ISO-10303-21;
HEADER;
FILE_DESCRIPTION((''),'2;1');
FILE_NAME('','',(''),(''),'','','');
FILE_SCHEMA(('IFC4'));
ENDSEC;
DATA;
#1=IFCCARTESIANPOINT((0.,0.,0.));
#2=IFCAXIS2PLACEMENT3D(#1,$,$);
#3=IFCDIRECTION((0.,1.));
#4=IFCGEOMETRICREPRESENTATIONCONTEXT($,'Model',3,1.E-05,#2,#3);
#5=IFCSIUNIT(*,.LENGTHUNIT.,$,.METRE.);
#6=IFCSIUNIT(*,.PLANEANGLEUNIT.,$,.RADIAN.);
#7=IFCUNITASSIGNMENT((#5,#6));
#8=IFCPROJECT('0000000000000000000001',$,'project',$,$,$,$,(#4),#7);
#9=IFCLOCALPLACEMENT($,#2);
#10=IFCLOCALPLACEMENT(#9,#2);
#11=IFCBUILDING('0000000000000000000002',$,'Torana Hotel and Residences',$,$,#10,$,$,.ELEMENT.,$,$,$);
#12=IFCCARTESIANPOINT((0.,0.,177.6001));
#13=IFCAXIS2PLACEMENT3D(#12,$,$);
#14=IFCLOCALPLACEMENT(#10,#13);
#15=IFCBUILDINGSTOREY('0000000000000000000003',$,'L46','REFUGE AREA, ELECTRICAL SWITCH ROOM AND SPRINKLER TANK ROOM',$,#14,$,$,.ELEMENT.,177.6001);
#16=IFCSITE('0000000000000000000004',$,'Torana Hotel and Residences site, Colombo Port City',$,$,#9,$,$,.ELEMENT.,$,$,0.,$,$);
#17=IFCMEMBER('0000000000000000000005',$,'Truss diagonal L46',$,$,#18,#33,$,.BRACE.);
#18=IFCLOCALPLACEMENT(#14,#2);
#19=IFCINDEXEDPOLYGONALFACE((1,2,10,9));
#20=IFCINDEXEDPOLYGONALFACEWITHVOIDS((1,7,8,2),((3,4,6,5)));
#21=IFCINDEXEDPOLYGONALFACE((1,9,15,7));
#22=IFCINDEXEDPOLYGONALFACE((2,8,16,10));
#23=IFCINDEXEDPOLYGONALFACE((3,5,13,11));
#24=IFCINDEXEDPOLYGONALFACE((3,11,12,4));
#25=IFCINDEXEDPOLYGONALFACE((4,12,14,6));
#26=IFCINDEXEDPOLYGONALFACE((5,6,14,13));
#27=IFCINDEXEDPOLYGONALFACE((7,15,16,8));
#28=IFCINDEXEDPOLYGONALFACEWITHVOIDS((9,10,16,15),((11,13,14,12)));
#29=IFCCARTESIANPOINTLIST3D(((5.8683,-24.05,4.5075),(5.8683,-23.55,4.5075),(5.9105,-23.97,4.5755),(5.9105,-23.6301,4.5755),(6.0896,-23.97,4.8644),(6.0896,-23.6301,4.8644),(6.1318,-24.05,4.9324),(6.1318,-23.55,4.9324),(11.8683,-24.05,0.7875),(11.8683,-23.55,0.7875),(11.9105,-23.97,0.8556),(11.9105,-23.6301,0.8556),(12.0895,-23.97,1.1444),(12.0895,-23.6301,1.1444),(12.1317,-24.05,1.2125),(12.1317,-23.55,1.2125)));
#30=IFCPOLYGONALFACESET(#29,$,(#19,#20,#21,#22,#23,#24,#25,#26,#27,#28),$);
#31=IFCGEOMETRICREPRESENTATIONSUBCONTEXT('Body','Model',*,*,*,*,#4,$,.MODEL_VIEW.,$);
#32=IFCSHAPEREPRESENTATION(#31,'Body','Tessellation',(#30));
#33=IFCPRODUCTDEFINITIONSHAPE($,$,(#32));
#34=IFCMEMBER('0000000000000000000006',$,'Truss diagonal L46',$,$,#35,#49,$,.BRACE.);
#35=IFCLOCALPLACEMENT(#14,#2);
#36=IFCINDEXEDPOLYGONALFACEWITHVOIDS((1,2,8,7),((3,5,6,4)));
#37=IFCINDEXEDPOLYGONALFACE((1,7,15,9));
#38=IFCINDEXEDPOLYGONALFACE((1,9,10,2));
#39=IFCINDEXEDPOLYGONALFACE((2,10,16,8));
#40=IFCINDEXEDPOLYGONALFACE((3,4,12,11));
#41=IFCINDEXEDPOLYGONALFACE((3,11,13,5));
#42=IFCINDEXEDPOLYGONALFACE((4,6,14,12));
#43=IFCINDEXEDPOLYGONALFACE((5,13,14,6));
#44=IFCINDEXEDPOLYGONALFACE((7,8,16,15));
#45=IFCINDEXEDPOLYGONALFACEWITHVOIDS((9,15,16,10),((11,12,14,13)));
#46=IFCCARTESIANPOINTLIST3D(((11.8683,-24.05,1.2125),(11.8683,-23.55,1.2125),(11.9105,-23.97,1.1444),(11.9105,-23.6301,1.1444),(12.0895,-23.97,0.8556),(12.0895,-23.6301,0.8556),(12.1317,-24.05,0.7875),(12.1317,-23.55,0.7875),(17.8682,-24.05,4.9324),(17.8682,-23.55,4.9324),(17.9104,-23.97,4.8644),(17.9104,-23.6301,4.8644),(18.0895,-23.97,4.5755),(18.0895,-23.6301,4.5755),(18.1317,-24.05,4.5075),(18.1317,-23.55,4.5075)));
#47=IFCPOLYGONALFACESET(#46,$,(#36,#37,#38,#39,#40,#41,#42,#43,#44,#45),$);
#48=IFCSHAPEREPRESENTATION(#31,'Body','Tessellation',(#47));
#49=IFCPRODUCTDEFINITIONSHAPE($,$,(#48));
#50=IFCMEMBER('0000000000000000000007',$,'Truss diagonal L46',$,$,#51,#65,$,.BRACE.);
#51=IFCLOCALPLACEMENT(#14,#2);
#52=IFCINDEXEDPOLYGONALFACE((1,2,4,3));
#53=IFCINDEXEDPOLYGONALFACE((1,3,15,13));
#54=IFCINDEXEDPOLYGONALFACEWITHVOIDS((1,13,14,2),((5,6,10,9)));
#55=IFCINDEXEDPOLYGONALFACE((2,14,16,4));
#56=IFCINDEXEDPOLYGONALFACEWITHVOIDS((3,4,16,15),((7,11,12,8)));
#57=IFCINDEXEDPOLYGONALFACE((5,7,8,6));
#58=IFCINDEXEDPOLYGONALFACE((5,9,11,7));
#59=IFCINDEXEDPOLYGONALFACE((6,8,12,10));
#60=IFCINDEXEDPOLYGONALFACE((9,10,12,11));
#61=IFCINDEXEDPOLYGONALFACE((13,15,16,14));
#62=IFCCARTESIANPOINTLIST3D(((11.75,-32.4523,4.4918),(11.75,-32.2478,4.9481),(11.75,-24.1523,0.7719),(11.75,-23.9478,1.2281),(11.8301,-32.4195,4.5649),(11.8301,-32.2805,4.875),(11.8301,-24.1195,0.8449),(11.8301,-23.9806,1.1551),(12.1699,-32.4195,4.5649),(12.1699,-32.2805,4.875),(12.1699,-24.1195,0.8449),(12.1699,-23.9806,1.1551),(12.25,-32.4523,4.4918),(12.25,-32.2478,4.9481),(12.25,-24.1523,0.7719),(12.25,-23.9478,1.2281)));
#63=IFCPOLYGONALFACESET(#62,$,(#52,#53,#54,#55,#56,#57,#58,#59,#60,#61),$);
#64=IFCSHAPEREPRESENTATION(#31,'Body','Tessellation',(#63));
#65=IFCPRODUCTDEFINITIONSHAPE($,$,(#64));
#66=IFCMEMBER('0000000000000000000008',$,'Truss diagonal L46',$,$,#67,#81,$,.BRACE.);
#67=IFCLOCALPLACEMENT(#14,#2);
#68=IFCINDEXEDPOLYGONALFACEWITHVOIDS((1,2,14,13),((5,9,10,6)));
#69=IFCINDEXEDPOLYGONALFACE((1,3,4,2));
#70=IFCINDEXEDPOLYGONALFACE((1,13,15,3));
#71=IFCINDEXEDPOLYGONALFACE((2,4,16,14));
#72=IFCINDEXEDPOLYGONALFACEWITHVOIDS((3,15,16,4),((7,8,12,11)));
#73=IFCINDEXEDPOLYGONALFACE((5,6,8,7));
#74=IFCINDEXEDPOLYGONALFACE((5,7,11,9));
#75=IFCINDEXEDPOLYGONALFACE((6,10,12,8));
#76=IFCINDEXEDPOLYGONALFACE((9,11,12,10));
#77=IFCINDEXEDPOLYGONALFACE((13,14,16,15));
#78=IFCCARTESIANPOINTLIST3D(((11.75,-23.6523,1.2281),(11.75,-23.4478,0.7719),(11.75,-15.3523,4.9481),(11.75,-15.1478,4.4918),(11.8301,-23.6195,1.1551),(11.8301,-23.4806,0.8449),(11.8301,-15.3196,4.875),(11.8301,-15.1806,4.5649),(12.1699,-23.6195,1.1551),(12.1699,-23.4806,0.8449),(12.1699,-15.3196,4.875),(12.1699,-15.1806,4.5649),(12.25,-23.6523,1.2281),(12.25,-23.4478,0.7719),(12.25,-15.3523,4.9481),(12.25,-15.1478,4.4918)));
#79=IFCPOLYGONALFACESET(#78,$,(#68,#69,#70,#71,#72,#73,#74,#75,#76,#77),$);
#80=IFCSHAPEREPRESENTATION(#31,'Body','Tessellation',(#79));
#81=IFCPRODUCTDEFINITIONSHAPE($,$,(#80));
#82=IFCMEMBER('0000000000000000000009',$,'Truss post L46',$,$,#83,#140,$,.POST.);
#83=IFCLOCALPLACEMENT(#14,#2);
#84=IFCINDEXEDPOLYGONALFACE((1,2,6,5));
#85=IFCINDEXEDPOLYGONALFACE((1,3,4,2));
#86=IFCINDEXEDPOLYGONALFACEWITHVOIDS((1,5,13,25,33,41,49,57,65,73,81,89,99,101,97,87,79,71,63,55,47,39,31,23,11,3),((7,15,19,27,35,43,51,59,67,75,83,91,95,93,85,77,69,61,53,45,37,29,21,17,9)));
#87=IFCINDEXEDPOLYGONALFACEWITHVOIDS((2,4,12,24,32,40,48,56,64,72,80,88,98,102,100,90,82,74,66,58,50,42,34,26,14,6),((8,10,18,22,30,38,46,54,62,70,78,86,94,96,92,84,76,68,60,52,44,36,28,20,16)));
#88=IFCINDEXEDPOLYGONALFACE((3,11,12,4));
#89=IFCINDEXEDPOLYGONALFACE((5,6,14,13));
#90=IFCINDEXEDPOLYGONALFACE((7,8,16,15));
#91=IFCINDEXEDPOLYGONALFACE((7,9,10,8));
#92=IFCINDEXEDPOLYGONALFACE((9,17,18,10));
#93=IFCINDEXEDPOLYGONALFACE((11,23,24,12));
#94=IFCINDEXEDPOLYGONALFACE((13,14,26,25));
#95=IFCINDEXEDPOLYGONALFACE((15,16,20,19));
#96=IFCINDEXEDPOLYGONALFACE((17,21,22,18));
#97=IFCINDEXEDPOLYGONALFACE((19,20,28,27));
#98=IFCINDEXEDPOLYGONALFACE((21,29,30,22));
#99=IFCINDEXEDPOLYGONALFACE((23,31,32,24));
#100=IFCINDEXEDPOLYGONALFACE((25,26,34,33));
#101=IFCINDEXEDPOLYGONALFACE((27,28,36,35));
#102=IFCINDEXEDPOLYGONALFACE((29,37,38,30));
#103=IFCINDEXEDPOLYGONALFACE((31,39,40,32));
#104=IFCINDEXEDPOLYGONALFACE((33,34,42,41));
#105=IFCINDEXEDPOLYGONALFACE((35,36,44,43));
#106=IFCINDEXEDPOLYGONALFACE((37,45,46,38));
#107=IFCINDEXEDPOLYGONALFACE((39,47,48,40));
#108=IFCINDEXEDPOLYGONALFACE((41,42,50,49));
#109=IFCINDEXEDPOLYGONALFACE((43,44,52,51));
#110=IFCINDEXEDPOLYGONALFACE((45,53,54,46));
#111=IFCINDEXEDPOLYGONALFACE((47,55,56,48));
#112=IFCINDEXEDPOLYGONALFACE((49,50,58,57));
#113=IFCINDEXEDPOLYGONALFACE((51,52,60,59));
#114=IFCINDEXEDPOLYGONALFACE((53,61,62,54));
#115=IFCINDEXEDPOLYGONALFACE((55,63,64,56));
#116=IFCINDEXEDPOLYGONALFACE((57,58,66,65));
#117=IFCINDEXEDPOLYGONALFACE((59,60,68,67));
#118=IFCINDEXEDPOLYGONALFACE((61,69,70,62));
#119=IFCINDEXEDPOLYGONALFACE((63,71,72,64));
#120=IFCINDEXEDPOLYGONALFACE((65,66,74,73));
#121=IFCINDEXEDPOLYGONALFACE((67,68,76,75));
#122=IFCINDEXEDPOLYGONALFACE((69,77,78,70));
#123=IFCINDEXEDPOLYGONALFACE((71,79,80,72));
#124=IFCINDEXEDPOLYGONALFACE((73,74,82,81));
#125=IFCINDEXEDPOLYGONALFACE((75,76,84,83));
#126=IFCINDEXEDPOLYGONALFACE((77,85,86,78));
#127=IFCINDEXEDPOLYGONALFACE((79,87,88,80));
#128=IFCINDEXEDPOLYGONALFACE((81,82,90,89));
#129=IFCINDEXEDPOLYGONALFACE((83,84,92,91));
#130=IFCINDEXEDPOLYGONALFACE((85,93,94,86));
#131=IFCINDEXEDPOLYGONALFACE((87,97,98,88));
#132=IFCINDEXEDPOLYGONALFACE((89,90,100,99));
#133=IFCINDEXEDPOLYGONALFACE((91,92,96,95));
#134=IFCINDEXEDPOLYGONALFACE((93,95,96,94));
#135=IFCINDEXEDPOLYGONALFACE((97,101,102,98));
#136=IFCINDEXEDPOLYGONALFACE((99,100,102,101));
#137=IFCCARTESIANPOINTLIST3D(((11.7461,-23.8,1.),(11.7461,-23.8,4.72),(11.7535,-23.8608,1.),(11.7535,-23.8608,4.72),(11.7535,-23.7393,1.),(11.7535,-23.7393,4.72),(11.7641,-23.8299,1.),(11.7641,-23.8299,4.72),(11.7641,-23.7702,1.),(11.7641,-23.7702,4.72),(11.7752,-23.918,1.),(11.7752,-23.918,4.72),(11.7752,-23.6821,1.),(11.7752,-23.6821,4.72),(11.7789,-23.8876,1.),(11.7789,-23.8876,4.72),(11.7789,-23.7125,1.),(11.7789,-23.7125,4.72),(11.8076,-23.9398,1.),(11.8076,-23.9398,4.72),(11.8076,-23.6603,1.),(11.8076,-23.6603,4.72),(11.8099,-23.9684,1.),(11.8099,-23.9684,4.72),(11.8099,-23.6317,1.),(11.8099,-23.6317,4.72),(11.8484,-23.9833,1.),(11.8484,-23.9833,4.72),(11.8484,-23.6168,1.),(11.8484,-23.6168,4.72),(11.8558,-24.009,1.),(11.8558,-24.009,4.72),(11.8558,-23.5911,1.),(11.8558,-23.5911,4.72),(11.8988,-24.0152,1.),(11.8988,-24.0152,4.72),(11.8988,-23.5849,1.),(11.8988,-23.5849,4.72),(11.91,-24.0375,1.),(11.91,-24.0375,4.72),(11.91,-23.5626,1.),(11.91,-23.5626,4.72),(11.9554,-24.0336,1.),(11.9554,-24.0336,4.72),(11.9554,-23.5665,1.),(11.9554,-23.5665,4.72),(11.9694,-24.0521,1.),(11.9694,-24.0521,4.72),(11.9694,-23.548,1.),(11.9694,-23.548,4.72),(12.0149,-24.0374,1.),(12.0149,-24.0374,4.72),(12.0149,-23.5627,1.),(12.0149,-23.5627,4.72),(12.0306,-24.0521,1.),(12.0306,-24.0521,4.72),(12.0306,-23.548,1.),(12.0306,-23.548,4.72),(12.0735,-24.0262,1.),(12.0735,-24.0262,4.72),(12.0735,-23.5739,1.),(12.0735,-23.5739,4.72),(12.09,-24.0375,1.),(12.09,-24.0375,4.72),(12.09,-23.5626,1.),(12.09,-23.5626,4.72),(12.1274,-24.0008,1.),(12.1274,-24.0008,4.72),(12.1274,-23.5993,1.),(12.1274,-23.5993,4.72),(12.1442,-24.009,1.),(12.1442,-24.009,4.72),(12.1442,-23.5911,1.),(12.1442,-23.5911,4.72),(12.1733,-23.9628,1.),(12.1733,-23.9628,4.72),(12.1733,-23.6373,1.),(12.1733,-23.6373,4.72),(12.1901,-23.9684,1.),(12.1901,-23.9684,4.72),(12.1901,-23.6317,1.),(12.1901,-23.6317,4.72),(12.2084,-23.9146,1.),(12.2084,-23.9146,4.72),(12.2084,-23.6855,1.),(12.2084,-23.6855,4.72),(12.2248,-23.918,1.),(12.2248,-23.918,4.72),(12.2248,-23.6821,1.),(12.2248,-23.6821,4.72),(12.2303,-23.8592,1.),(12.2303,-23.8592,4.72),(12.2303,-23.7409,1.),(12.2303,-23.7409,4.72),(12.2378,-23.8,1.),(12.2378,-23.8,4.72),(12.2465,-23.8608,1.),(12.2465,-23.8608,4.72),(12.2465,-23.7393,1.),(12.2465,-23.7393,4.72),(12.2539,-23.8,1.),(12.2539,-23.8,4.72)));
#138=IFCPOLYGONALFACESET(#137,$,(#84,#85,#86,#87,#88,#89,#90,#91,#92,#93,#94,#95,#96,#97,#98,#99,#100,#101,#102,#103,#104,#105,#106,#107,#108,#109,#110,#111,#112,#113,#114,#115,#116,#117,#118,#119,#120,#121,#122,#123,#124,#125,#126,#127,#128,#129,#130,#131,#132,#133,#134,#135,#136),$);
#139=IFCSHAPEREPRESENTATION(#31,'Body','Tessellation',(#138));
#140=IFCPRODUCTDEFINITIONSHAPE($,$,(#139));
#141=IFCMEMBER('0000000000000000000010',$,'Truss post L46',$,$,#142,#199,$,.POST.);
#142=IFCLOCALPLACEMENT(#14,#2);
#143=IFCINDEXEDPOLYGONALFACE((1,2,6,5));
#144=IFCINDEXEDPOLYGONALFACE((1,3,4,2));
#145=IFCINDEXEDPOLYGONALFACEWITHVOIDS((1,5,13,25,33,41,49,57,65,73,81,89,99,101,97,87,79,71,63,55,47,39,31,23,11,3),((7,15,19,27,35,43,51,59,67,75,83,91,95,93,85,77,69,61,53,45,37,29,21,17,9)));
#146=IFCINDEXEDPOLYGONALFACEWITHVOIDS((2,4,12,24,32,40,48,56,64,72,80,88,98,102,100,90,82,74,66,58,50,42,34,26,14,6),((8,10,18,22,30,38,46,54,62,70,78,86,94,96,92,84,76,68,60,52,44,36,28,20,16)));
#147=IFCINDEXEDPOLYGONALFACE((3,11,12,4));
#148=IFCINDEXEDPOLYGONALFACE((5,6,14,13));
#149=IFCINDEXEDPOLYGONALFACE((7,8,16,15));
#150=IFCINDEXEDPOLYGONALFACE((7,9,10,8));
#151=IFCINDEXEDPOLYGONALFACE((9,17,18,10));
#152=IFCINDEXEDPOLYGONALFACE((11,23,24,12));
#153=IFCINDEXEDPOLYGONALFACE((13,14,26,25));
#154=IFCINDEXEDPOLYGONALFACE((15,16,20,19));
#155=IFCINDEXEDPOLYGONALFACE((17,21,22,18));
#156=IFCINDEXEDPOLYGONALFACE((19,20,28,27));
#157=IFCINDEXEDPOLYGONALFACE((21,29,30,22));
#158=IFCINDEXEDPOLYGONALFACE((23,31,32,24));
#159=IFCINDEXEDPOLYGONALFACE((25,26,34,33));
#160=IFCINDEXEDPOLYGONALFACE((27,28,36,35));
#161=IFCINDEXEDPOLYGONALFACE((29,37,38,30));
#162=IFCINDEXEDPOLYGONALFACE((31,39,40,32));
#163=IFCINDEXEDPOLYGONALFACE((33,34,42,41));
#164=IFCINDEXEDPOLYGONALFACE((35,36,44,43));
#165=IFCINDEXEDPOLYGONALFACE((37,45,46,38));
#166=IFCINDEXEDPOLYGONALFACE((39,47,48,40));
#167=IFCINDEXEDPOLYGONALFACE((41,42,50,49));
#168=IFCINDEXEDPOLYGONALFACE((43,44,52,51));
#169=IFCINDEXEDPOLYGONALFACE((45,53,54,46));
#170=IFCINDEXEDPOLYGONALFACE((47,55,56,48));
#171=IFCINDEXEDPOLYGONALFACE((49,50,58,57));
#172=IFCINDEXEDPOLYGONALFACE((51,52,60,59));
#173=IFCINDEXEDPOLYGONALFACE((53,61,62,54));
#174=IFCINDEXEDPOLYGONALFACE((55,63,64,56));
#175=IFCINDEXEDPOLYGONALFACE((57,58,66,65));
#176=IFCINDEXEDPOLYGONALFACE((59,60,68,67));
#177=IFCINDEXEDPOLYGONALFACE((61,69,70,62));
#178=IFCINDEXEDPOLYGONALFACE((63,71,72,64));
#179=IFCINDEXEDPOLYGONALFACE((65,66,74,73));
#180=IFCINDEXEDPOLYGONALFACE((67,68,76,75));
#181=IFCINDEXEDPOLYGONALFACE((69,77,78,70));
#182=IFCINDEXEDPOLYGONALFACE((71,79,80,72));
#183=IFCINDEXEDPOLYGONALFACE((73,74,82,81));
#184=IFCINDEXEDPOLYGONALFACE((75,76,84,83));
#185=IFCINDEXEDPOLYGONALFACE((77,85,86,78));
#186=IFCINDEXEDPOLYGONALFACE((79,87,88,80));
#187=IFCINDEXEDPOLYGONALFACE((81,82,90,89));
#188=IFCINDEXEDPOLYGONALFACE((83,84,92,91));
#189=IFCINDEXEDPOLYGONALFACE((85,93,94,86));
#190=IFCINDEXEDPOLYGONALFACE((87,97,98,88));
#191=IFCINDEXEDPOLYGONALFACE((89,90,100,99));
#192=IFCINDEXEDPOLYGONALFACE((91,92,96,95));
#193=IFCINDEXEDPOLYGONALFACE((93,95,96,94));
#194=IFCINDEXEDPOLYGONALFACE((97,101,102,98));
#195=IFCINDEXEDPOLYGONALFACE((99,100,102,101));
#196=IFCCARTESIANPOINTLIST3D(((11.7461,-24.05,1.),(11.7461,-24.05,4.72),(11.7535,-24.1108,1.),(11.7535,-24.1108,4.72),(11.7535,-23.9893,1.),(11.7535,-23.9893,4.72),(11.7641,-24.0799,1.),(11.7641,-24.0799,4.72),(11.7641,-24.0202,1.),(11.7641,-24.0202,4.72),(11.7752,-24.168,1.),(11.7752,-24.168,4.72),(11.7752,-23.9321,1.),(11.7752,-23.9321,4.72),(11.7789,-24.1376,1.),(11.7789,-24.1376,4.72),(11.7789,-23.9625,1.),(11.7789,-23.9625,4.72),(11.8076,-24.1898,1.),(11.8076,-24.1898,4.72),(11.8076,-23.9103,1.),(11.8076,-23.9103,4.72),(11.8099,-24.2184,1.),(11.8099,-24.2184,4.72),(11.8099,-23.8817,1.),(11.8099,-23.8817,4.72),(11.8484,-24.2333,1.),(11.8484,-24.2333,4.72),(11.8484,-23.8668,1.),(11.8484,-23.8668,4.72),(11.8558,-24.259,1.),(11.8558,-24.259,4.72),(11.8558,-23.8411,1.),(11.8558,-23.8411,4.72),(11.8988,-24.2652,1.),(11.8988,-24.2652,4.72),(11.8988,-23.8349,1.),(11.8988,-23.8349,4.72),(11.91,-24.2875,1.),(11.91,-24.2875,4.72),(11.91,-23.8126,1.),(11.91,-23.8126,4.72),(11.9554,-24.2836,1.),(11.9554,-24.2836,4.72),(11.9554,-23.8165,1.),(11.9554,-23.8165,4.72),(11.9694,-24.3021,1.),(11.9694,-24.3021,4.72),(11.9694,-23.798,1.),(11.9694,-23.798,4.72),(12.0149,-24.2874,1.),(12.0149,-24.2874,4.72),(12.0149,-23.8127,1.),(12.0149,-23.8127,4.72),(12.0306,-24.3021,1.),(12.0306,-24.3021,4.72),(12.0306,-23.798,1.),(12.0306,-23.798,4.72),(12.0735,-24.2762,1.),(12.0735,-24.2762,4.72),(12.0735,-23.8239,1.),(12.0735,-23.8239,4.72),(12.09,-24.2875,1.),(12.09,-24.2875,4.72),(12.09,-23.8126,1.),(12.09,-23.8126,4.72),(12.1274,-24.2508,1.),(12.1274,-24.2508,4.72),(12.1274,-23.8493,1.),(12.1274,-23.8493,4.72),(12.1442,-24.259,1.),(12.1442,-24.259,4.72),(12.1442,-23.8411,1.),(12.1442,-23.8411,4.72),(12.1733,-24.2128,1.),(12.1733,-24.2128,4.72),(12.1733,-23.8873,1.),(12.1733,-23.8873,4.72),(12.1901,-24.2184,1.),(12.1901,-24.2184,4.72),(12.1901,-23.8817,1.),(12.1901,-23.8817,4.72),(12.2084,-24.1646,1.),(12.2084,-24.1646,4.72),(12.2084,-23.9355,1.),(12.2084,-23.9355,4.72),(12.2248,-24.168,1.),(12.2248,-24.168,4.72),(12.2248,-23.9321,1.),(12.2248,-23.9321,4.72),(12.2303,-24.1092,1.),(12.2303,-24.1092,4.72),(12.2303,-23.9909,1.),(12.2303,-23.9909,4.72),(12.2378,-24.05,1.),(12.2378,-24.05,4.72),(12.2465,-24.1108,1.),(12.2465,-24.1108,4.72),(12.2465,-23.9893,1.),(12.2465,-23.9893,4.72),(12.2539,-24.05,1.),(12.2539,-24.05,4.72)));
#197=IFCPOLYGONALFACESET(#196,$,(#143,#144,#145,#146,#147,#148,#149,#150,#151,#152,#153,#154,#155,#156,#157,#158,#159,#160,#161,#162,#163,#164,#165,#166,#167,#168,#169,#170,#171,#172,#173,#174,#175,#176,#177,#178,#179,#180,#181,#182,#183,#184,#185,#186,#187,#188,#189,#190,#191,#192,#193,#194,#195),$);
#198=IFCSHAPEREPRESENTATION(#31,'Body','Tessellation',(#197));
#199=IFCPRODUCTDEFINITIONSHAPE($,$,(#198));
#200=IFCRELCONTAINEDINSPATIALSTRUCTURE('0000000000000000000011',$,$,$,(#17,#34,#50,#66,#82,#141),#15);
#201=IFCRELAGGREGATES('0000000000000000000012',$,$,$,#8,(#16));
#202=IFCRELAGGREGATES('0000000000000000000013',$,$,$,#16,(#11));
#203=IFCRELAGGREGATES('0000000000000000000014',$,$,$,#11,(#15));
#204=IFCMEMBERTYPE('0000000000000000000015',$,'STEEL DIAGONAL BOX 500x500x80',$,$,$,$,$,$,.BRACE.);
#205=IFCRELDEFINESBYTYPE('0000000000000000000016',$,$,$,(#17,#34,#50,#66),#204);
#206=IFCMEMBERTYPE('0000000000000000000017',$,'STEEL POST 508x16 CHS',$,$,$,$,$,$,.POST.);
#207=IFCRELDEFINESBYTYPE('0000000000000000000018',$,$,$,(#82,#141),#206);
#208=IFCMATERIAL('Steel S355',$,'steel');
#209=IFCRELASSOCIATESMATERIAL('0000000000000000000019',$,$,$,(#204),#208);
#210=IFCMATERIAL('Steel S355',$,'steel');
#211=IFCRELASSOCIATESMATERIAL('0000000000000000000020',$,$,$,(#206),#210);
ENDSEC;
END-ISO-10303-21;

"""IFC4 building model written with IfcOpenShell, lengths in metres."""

from ifc_helpers import new_model, si_unit, direction, frame, origin, origin_2d, place, context, subcontext, project, spatial, hollow_rectangle, hollow_circle, extrude, material, material_profile, profile_set, type_object, element, save


model = new_model("IFC4")

# Units and contexts
model_context = context("Model", 3, precision=1e-05, world=origin(), true_north=direction((0.0, 1.0)))
body_context = subcontext(model_context, "Body", "Model", "MODEL_VIEW")
ifc_project = project(units=[si_unit("LENGTHUNIT", "METRE"), si_unit("PLANEANGLEUNIT", "RADIAN")], contexts=[model_context])

# Site, building, storey
site_placement = place(None, origin())
site = spatial("IfcSite", under=ifc_project, at=site_placement, Name="Torana Hotel and Residences site, Colombo Port City", CompositionType="ELEMENT", RefElevation=0.0)
building_placement = place(site_placement, origin())
building = spatial("IfcBuilding", under=site, at=building_placement, Name="Torana Hotel and Residences", CompositionType="ELEMENT")
storey_placement = place(building_placement, frame((0.0, 0.0, 177.6001)))
storey = spatial("IfcBuildingStorey", under=building, at=storey_placement, Name="L46", Description="REFUGE AREA, ELECTRICAL SWITCH ROOM AND SPRINKLER TANK ROOM", CompositionType="ELEMENT", Elevation=177.6001)

# Members
ifc_material_1 = material(Name="Steel S355", Category="steel")
ifc_material_profile_1 = material_profile(ifc_material_1, hollow_rectangle(XDim=0.5, YDim=0.5, WallThickness=0.0801, at=origin_2d()), Name="BOX 500x500x80")
ifc_profile_set_1 = profile_set([ifc_material_profile_1], Name="Steel S355")
member_type_1 = type_object("IfcMemberType", Name="STEEL DIAGONAL BOX 500x500x80", PredefinedType="BRACE", material=ifc_profile_set_1)
for number, where, z_axis, x_axis, name in (
    (1, (12.0, -23.8, 1.0), (-0.849905, 0.0, 0.526937), (0.0, -1.0, 0.0), "Truss diagonal L46"),
    (2, (12.0, -23.8, 1.0), (0.849905, 0.0, 0.526937), (0.0, 1.0, 0.0), "Truss diagonal L46"),
):
    element("IfcMember", number, at=place(storey_placement, frame(where, z_axis=z_axis, x_axis=x_axis)), inside=storey, type_object=member_type_1, Name=name, PredefinedType="BRACE", context=body_context, shape_type="SweptSolid", body=[
        extrude(hollow_rectangle(XDim=0.5, YDim=0.5, WallThickness=0.0801, at=origin_2d()), origin(), (0.0, 0.0, 1.0), 7.0596),
    ])
for number, where, z_axis, x_axis, name in (
    (3, (12.0, -24.05, 1.0), (0.0, -0.91254, 0.408988), (1.0, 0.0, 0.0), "Truss diagonal L46"),
    (4, (12.0, -23.55, 1.0), (0.0, 0.91254, 0.408988), (-1.0, 0.0, 0.0), "Truss diagonal L46"),
):
    element("IfcMember", number, at=place(storey_placement, frame(where, z_axis=z_axis, x_axis=x_axis)), inside=storey, type_object=member_type_1, Name=name, PredefinedType="BRACE", context=body_context, shape_type="SweptSolid", body=[
        extrude(hollow_rectangle(XDim=0.5, YDim=0.5, WallThickness=0.0801, at=origin_2d()), origin(), (0.0, 0.0, 1.0), 9.0955),
    ])
ifc_material_2 = material(Name="Steel S355", Category="steel")
ifc_material_profile_2 = material_profile(ifc_material_2, hollow_circle(Radius=0.2539, WallThickness=0.0161, at=origin_2d()), Name="508x16 CHS")
ifc_profile_set_2 = profile_set([ifc_material_profile_2], Name="Steel S355")
member_type_2 = type_object("IfcMemberType", Name="STEEL POST 508x16 CHS", PredefinedType="POST", material=ifc_profile_set_2)
for number, where, z_axis, x_axis, name in (
    (5, (12.0, -23.8, 1.0), (0.0, 0.0, 1.0), (1.0, 0.0, 0.0), "Truss post L46"),
    (6, (12.0, -24.05, 1.0), (0.0, 0.0, 1.0), (1.0, 0.0, 0.0), "Truss post L46"),
):
    element("IfcMember", number, at=place(storey_placement, frame(where, z_axis=z_axis, x_axis=x_axis)), inside=storey, type_object=member_type_2, Name=name, PredefinedType="POST", context=body_context, shape_type="SweptSolid", body=[
        extrude(hollow_circle(Radius=0.2539, WallThickness=0.0161, at=origin_2d()), origin(), (0.0, 0.0, 1.0), 3.72),
    ])

save(model, "model.ifc")
